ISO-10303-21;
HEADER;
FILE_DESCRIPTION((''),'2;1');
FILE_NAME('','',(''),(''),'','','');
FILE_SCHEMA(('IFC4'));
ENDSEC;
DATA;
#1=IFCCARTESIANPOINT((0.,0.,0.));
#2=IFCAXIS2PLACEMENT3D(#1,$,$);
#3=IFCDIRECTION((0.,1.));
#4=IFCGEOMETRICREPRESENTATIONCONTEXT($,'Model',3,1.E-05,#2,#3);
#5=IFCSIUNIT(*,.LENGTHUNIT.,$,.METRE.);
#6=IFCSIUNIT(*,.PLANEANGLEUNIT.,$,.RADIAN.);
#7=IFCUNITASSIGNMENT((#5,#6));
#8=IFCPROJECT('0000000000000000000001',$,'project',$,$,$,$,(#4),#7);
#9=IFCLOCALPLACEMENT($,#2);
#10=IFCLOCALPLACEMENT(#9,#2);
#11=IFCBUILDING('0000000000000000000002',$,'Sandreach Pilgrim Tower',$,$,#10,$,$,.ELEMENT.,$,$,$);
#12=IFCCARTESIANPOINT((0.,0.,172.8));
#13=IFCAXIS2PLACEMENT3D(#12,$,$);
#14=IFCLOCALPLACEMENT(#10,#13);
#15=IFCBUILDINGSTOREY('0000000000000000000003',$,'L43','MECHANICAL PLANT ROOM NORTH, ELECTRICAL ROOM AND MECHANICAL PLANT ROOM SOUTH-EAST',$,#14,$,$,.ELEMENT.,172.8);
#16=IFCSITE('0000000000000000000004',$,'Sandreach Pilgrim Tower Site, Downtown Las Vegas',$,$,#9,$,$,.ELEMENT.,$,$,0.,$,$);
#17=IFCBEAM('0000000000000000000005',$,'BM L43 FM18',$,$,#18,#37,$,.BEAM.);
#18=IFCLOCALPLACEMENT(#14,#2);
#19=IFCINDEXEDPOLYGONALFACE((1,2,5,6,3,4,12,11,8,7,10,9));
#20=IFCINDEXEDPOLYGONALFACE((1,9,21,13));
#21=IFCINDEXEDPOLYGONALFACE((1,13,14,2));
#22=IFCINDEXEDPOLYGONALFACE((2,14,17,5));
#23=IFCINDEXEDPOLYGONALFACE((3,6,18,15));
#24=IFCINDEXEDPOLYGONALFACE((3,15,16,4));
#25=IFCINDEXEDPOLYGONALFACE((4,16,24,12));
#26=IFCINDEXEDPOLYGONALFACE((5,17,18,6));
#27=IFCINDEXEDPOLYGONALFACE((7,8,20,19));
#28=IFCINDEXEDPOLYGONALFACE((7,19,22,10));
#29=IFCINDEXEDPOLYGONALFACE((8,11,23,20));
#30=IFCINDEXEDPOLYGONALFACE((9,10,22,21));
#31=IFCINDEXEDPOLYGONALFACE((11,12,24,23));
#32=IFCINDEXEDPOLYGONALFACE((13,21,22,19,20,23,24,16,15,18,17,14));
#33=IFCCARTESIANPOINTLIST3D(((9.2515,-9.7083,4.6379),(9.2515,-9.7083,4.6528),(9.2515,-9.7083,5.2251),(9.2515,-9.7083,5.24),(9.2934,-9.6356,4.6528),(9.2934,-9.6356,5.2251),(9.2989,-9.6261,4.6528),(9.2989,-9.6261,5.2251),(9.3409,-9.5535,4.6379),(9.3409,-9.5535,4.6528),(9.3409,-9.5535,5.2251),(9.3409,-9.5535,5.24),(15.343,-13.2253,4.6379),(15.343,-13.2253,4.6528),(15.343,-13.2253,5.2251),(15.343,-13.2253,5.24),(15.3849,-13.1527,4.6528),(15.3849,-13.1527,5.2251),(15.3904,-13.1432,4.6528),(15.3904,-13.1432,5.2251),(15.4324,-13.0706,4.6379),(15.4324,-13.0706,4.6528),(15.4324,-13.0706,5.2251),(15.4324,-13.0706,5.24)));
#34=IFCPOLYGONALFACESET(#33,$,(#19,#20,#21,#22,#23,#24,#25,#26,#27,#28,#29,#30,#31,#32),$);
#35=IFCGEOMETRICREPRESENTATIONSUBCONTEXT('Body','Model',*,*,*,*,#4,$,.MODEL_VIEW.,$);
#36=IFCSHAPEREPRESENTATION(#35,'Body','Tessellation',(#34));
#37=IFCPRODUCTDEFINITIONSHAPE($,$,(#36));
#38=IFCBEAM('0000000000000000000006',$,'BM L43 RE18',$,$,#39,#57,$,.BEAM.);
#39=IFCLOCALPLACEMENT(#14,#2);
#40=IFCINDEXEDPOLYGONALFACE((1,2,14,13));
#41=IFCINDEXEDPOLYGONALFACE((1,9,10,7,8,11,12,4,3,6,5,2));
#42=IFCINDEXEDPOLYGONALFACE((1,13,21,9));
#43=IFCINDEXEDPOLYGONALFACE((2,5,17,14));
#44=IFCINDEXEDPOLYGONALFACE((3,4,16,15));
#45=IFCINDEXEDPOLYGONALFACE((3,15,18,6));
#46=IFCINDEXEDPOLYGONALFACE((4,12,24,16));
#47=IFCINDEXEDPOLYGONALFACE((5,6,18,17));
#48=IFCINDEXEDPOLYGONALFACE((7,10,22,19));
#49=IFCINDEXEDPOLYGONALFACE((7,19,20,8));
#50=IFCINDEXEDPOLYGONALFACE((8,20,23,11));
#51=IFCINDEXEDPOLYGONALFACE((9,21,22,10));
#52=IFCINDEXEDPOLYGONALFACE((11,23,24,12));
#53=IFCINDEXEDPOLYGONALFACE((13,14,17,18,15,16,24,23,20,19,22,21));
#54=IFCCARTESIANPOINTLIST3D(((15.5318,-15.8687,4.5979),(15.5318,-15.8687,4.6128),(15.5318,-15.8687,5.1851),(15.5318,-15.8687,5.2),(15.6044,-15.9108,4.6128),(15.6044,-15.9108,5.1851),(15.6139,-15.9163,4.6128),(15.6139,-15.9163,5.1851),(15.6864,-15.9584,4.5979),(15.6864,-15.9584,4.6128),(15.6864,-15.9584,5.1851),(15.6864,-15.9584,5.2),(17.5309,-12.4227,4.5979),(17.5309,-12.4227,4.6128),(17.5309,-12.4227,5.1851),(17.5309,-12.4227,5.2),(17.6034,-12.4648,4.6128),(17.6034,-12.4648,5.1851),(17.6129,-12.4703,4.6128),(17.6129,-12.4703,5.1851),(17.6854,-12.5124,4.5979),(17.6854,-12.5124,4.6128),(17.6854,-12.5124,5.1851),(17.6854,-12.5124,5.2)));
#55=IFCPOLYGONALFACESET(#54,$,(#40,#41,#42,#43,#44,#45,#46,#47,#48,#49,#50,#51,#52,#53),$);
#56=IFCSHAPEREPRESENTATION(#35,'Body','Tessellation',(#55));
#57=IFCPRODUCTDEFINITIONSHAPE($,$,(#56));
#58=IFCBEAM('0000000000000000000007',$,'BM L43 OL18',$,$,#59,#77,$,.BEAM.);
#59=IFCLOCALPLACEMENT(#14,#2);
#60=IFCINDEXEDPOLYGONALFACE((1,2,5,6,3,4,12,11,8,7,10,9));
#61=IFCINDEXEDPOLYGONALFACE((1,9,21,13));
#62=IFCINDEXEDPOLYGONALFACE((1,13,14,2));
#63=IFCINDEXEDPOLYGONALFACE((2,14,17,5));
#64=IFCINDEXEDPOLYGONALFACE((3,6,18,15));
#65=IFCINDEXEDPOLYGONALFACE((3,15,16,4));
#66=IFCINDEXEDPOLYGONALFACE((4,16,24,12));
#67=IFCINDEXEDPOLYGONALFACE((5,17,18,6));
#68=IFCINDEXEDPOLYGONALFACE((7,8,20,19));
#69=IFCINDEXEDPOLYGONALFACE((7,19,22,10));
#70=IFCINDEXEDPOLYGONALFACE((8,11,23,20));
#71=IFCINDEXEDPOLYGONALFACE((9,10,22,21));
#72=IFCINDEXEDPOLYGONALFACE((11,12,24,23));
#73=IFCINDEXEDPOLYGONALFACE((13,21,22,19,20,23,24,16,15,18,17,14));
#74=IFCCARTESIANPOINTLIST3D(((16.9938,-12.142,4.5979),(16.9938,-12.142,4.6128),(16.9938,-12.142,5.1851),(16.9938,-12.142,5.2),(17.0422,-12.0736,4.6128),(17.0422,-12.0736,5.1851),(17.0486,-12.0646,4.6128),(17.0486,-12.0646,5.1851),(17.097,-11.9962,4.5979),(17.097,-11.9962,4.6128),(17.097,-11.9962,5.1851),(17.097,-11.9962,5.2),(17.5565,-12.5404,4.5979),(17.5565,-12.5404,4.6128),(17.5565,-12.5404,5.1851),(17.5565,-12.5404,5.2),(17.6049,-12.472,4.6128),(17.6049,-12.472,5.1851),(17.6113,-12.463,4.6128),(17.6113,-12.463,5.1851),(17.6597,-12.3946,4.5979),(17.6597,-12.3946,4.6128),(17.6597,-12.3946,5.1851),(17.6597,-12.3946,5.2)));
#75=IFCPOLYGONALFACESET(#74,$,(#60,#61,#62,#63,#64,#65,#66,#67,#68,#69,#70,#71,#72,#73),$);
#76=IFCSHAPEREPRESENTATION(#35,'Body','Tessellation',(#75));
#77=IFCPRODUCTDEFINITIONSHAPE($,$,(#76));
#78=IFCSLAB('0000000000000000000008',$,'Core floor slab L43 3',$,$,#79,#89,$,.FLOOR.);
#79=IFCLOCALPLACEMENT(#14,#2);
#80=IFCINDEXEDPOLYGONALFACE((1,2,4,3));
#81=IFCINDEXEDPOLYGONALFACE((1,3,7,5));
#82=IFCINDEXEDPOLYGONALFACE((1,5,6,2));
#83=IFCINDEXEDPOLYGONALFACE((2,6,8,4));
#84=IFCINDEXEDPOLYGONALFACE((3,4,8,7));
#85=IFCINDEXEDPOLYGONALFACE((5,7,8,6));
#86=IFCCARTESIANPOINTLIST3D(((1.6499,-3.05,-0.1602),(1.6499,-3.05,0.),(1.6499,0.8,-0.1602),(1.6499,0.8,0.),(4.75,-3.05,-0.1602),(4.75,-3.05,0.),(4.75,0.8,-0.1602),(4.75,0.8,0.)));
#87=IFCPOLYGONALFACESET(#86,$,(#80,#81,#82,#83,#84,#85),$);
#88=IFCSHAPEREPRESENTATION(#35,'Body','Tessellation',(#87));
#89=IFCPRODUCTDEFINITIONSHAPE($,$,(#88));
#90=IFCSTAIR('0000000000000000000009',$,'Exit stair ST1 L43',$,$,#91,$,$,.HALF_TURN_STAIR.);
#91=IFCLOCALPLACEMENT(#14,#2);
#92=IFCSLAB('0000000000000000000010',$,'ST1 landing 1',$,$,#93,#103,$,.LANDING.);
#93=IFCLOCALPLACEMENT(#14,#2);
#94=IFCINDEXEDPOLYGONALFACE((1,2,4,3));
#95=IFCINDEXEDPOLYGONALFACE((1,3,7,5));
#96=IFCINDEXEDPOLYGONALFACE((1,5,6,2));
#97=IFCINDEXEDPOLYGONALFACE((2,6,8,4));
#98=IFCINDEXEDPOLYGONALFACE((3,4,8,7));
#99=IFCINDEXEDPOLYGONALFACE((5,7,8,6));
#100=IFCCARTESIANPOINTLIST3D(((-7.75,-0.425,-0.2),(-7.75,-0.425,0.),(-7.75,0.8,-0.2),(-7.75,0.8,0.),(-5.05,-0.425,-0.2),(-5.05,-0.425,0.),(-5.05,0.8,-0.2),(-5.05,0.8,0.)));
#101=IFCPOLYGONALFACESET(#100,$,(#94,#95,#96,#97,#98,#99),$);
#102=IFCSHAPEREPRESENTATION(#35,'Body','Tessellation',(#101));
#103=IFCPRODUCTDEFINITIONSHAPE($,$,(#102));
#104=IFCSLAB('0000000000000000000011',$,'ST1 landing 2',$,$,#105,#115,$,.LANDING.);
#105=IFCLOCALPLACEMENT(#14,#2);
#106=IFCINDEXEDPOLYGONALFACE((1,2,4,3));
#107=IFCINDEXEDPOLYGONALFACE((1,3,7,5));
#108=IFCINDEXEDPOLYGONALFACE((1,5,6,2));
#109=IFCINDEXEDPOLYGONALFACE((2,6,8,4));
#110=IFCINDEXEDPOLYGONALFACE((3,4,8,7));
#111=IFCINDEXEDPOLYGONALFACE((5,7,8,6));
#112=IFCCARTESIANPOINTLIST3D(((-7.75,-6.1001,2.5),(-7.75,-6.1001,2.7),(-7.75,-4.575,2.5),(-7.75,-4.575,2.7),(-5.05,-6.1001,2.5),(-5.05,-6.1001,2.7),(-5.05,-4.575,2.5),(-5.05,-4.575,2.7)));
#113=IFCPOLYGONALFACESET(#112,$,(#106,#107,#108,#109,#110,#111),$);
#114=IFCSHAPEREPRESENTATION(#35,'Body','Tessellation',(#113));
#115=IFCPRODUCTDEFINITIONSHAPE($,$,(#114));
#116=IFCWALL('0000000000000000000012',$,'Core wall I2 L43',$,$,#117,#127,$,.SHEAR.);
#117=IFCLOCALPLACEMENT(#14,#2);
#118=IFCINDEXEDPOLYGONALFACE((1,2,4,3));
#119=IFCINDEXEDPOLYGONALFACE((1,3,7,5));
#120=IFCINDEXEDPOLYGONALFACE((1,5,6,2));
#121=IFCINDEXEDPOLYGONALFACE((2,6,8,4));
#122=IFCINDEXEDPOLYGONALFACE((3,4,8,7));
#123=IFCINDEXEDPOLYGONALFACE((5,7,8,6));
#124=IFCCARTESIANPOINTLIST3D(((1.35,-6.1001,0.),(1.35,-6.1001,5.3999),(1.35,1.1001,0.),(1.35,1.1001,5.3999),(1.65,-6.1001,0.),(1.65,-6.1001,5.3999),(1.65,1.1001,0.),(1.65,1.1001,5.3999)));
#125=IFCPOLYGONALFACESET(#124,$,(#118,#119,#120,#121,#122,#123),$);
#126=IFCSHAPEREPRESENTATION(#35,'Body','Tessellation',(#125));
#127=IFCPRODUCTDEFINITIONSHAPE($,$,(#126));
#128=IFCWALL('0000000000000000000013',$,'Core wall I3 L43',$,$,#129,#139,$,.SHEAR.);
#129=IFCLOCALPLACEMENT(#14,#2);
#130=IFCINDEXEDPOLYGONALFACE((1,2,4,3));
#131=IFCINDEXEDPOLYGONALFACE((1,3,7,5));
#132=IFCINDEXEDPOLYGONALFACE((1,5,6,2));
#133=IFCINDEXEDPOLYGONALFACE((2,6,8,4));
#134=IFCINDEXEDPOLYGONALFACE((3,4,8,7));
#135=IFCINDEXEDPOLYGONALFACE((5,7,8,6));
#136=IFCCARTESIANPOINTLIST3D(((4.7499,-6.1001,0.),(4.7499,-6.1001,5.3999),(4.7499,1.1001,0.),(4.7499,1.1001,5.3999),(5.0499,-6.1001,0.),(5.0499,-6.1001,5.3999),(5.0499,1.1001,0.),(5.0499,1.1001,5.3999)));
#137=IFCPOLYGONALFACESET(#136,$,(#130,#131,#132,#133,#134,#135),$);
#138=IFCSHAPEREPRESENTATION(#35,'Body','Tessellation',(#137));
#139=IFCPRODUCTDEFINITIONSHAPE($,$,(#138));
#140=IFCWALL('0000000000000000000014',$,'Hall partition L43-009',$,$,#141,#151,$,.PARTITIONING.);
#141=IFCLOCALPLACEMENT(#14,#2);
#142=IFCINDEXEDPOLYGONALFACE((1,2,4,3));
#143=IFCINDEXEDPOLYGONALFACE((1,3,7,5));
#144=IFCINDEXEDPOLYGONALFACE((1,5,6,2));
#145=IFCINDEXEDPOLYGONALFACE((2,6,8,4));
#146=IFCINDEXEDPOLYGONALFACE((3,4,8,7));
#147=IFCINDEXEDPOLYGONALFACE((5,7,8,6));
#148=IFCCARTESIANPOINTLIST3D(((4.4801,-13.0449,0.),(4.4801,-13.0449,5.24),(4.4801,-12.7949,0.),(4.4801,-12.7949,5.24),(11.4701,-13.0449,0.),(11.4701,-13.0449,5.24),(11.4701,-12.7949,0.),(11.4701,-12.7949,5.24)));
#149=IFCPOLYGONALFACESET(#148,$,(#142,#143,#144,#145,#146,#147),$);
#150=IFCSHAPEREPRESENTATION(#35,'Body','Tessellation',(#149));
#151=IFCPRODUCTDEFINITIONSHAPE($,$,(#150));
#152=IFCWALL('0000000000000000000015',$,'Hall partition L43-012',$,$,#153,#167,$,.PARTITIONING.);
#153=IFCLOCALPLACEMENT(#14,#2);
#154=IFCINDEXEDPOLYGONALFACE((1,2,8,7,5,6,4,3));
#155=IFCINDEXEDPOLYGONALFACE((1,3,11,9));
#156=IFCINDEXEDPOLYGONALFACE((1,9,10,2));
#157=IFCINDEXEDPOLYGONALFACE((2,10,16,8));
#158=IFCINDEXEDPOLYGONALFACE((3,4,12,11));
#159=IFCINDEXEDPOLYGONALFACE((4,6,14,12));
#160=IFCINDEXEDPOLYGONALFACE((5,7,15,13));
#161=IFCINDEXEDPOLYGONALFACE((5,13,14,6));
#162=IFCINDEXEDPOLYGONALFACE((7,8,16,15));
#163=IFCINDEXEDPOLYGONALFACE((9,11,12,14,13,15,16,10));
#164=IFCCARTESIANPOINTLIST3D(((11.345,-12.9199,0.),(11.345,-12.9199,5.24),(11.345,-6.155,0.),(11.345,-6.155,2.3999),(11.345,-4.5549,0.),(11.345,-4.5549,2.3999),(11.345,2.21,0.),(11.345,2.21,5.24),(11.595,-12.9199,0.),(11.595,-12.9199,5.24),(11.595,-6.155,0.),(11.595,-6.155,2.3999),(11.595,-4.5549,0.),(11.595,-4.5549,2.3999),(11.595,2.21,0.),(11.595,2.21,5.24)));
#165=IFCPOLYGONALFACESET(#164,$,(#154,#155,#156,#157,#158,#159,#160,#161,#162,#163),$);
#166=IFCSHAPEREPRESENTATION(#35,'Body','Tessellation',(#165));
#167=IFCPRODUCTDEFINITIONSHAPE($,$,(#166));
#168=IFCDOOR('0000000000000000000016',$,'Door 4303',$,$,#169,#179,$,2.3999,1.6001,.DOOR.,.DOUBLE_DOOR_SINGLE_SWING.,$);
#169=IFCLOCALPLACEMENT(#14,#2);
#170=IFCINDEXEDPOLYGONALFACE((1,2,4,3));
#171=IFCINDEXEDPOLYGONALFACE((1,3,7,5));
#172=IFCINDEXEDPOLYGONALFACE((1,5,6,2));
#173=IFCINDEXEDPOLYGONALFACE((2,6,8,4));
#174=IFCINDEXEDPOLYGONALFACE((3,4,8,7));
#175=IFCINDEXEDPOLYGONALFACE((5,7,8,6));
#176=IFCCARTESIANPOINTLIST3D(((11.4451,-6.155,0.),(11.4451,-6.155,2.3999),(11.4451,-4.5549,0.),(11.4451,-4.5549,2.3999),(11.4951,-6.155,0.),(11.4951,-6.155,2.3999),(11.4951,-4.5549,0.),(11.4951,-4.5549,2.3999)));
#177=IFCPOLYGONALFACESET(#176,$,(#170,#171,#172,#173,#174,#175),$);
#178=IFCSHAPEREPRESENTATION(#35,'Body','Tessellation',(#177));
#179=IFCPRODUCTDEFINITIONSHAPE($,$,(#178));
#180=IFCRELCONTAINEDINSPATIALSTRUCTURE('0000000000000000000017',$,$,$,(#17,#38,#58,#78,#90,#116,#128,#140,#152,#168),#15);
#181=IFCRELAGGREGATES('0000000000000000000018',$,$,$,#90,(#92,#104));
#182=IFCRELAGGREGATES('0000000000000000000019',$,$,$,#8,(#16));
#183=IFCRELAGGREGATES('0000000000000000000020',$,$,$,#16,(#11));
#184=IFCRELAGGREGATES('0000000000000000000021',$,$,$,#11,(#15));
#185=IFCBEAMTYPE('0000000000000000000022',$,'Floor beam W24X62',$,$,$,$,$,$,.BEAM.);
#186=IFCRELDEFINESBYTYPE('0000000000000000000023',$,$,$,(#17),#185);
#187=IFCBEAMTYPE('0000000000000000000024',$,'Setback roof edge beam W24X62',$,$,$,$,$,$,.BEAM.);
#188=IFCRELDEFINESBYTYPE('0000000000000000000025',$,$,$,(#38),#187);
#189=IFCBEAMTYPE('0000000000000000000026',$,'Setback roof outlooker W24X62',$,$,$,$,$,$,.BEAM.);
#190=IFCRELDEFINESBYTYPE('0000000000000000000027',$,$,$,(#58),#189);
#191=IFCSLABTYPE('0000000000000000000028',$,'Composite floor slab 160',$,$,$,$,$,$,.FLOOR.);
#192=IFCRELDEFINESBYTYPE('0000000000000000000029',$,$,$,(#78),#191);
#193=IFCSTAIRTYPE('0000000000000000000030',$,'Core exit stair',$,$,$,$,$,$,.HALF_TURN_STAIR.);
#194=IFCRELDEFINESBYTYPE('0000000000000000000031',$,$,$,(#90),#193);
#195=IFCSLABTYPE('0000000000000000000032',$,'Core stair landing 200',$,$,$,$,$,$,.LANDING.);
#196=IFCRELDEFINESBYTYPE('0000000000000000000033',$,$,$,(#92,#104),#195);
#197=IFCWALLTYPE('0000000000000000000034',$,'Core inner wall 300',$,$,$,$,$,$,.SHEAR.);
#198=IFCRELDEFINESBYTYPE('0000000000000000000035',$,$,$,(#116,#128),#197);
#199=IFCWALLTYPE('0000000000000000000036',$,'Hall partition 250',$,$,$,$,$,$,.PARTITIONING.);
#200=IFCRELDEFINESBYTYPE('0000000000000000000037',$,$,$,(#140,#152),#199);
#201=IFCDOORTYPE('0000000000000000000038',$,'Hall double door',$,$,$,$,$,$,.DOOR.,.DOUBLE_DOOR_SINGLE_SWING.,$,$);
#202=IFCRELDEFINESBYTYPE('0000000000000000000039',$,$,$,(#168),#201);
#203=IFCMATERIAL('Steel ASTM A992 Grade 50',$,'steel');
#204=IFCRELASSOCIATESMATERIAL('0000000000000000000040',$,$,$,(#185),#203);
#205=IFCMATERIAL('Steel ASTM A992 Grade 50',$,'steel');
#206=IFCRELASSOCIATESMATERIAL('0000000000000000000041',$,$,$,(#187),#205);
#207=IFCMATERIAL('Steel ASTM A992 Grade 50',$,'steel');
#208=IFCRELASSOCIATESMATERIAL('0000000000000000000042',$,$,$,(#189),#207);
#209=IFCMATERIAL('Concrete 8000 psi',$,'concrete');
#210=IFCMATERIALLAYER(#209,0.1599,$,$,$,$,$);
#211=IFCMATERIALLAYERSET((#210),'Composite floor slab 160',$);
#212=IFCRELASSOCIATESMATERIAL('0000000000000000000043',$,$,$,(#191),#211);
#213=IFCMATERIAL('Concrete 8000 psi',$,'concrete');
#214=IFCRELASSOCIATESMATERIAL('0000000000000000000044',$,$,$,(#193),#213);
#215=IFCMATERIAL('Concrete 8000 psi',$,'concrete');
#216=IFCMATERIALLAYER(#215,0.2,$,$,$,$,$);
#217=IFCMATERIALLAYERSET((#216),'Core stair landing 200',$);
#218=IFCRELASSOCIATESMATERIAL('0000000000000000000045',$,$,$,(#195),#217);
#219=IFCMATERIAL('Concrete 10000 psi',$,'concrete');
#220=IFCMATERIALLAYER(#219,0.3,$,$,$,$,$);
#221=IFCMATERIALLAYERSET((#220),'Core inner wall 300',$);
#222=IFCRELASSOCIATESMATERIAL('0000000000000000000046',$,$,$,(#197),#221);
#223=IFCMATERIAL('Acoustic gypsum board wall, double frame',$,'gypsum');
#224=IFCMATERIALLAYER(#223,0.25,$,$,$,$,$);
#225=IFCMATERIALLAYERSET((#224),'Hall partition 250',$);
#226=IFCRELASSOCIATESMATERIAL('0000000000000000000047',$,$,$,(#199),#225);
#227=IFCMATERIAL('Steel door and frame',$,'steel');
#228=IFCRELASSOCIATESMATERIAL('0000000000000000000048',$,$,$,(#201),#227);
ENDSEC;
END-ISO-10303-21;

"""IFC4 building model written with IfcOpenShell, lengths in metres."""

from ifc_helpers import new_model, si_unit, direction, frame, frame_2d, origin, origin_2d, place, context, subcontext, project, spatial, polyline, rectangle, i_section, outline, extrude, material, layer, layer_set, material_profile, profile_set, type_object, element, fill, aggregate, save


model = new_model("IFC4")

# Units and contexts
model_context = context("Model", 3, precision=1e-05, world=origin(), true_north=direction((0.0, 1.0)))
body_context = subcontext(model_context, "Body", "Model", "MODEL_VIEW")
ifc_project = project(units=[si_unit("LENGTHUNIT", "METRE"), si_unit("PLANEANGLEUNIT", "RADIAN")], contexts=[model_context])

# Site, building, storey
site_placement = place(None, origin())
site = spatial("IfcSite", under=ifc_project, at=site_placement, Name="Sandreach Pilgrim Tower Site, Downtown Las Vegas", CompositionType="ELEMENT", RefElevation=0.0)
building_placement = place(site_placement, origin())
building = spatial("IfcBuilding", under=site, at=building_placement, Name="Sandreach Pilgrim Tower", CompositionType="ELEMENT")
storey_placement = place(building_placement, frame((0.0, 0.0, 172.8)))
storey = spatial("IfcBuildingStorey", under=building, at=storey_placement, Name="L43", Description="MECHANICAL PLANT ROOM NORTH, ELECTRICAL ROOM AND MECHANICAL PLANT ROOM SOUTH-EAST", CompositionType="ELEMENT", Elevation=172.8)

# Beams
ifc_material_1 = material(Name="Steel ASTM A992 Grade 50", Category="steel")
ifc_material_profile_1 = material_profile(ifc_material_1, i_section(OverallWidth=0.1787, OverallDepth=0.6021, WebThickness=0.011, FlangeThickness=0.0149, at=origin_2d()), Name="W24X62")
ifc_profile_set_1 = profile_set([ifc_material_profile_1], Name="Steel ASTM A992 Grade 50")
beam_type_1 = type_object("IfcBeamType", Name="Floor beam W24X62", PredefinedType="BEAM", material=ifc_profile_set_1)
beam_1_placement = place(storey_placement, frame((15.3877, -13.1479, 4.939), z_axis=(-0.866017, 0.500014, 0.0), x_axis=(-0.500014, -0.866017, 0.0)))
element("IfcBeam", 1, at=beam_1_placement, inside=storey, type_object=beam_type_1, Name="BM L43 FM18", PredefinedType="BEAM", context=body_context, shape_type="SweptSolid", body=[
    extrude(i_section(OverallWidth=0.1787, OverallDepth=0.6021, WebThickness=0.011, FlangeThickness=0.0149, at=origin_2d()), origin(), (0.0, 0.0, 1.0), 7.0339),
])
ifc_material_2 = material(Name="Steel ASTM A992 Grade 50", Category="steel")
ifc_material_profile_2 = material_profile(ifc_material_2, i_section(OverallWidth=0.1787, OverallDepth=0.6021, WebThickness=0.011, FlangeThickness=0.0149, at=origin_2d()), Name="W24X62")
ifc_profile_set_2 = profile_set([ifc_material_profile_2], Name="Steel ASTM A992 Grade 50")
beam_type_2 = type_object("IfcBeamType", Name="Setback roof edge beam W24X62", PredefinedType="BEAM", material=ifc_profile_set_2)
beam_2_placement = place(storey_placement, frame((17.6082, -12.4675, 4.8989), z_axis=(-0.501778, -0.864997, 0.0), x_axis=(0.864997, -0.501778, 0.0)))
element("IfcBeam", 2, at=beam_2_placement, inside=storey, type_object=beam_type_2, Name="BM L43 RE18", PredefinedType="BEAM", context=body_context, shape_type="SweptSolid", body=[
    extrude(i_section(OverallWidth=0.1787, OverallDepth=0.6021, WebThickness=0.011, FlangeThickness=0.0149, at=origin_2d()), origin(), (0.0, 0.0, 1.0), 3.9839),
])
ifc_material_3 = material(Name="Steel ASTM A992 Grade 50", Category="steel")
ifc_material_profile_3 = material_profile(ifc_material_3, i_section(OverallWidth=0.1787, OverallDepth=0.6021, WebThickness=0.011, FlangeThickness=0.0149, at=origin_2d()), Name="W24X62")
ifc_profile_set_3 = profile_set([ifc_material_profile_3], Name="Steel ASTM A992 Grade 50")
beam_type_3 = type_object("IfcBeamType", Name="Setback roof outlooker W24X62", PredefinedType="BEAM", material=ifc_profile_set_3)
beam_3_placement = place(storey_placement, frame((17.0454, -12.0691, 4.8989), z_axis=(0.816143, -0.57785, 0.0), x_axis=(0.57785, 0.816143, 0.0)))
element("IfcBeam", 3, at=beam_3_placement, inside=storey, type_object=beam_type_3, Name="BM L43 OL18", PredefinedType="BEAM", context=body_context, shape_type="SweptSolid", body=[
    extrude(i_section(OverallWidth=0.1787, OverallDepth=0.6021, WebThickness=0.011, FlangeThickness=0.0149, at=origin_2d()), origin(), (0.0, 0.0, 1.0), 0.6895),
])

# Slab
ifc_material_4 = material(Name="Concrete 8000 psi", Category="concrete")
ifc_layer_1 = layer(ifc_material_4, 0.1599)
ifc_layer_set_1 = layer_set([ifc_layer_1], Name="Composite floor slab 160")
slab_type_1 = type_object("IfcSlabType", Name="Composite floor slab 160", PredefinedType="FLOOR", material=ifc_layer_set_1)
slab_1_placement = place(storey_placement, frame((0.0, 0.0, -0.1602)))
element("IfcSlab", 4, at=slab_1_placement, inside=storey, type_object=slab_type_1, Name="Core floor slab L43 3", PredefinedType="FLOOR", context=body_context, shape_type="SweptSolid", body=[
    extrude(outline(polyline([(4.75, -3.05), (1.6499, -3.05), (1.6499, 0.8), (4.75, 0.8), (4.75, -3.05)])), origin(), (0.0, 0.0, 1.0), 0.1602),
])

# Stair, slabs
ifc_material_5 = material(Name="Concrete 8000 psi", Category="concrete")
stair_type = type_object("IfcStairType", Name="Core exit stair", PredefinedType="HALF_TURN_STAIR", material=ifc_material_5)
stair_1_placement = place(storey_placement, origin())
stair_1 = element("IfcStair", 5, at=stair_1_placement, inside=storey, type_object=stair_type, Name="Exit stair ST1 L43", PredefinedType="HALF_TURN_STAIR")
ifc_material_6 = material(Name="Concrete 8000 psi", Category="concrete")
ifc_layer_2 = layer(ifc_material_6, 0.2)
ifc_layer_set_2 = layer_set([ifc_layer_2], Name="Core stair landing 200")
slab_type_2 = type_object("IfcSlabType", Name="Core stair landing 200", PredefinedType="LANDING", material=ifc_layer_set_2)
slab_2_placement = place(storey_placement, frame((0.0, 0.0, -0.2)))
slab_2 = element("IfcSlab", 6, at=slab_2_placement, type_object=slab_type_2, Name="ST1 landing 1", PredefinedType="LANDING", context=body_context, shape_type="SweptSolid", body=[
    extrude(outline(polyline([(-7.75, -0.425), (-5.05, -0.425), (-5.05, 0.8), (-7.75, 0.8), (-7.75, -0.425)])), origin(), (0.0, 0.0, 1.0), 0.2),
])
slab_3_placement = place(storey_placement, frame((0.0, 0.0, 2.5)))
slab_3 = element("IfcSlab", 7, at=slab_3_placement, type_object=slab_type_2, Name="ST1 landing 2", PredefinedType="LANDING", context=body_context, shape_type="SweptSolid", body=[
    extrude(outline(polyline([(-7.75, -6.1001), (-5.05, -6.1001), (-5.05, -4.575), (-7.75, -4.575), (-7.75, -6.1001)])), origin(), (0.0, 0.0, 1.0), 0.2),
])
aggregate(stair_1, [slab_2, slab_3])

# Walls
ifc_material_7 = material(Name="Concrete 10000 psi", Category="concrete")
ifc_layer_3 = layer(ifc_material_7, 0.3)
ifc_layer_set_3 = layer_set([ifc_layer_3], Name="Core inner wall 300")
wall_type_1 = type_object("IfcWallType", Name="Core inner wall 300", PredefinedType="SHEAR", material=ifc_layer_set_3)
for number, where, z_axis, x_axis, name in (
    (8, (1.5, -6.1001, 0.0), (0.0, 0.0, 1.0), (0.0, 1.0, 0.0), "Core wall I2 L43"),
    (9, (4.8999, -6.1001, 0.0), (0.0, 0.0, 1.0), (0.0, 1.0, 0.0), "Core wall I3 L43"),
):
    element("IfcWall", number, at=place(storey_placement, frame(where, z_axis=z_axis, x_axis=x_axis)), inside=storey, type_object=wall_type_1, Name=name, PredefinedType="SHEAR", context=body_context, shape_type="SweptSolid", body=[
        extrude(rectangle(XDim=7.2002, YDim=0.3, at=frame_2d((3.6001, 0.0))), origin(), (0.0, 0.0, 1.0), 5.3999),
    ])

# Wall
ifc_material_8 = material(Name="Acoustic gypsum board wall, double frame", Category="gypsum")
ifc_layer_4 = layer(ifc_material_8, 0.25)
ifc_layer_set_4 = layer_set([ifc_layer_4], Name="Hall partition 250")
wall_type_2 = type_object("IfcWallType", Name="Hall partition 250", PredefinedType="PARTITIONING", material=ifc_layer_set_4)
wall_1_placement = place(storey_placement, frame((4.48, -12.9199, 0.0), z_axis=(0.0, 0.0, 1.0), x_axis=(1.0, 0.0, 0.0)))
element("IfcWall", 10, at=wall_1_placement, inside=storey, type_object=wall_type_2, Name="Hall partition L43-009", PredefinedType="PARTITIONING", context=body_context, shape_type="SweptSolid", body=[
    extrude(rectangle(XDim=6.99, YDim=0.25, at=frame_2d((3.4951, 0.0))), origin(), (0.0, 0.0, 1.0), 5.24),
])

# Wall, opening, door
wall_2_placement = place(storey_placement, frame((11.47, -12.9199, 0.0), z_axis=(0.0, 0.0, 1.0), x_axis=(0.0, 1.0, 0.0)))
wall_2 = element("IfcWall", 11, at=wall_2_placement, inside=storey, type_object=wall_type_2, Name="Hall partition L43-012", PredefinedType="PARTITIONING", context=body_context, shape_type="SweptSolid", body=[
    extrude(rectangle(XDim=15.1299, YDim=0.25, at=frame_2d((7.5649, 0.0))), origin(), (0.0, 0.0, 1.0), 5.24),
])
opening_1_placement = place(wall_2_placement, frame((6.7649, 0.0, 0.0)))
opening_1 = element("IfcOpeningElement", 12, at=opening_1_placement, cuts=wall_2, PredefinedType="OPENING", context=body_context, shape_type="SweptSolid", body=[
    extrude(rectangle(XDim=1.6001, YDim=2.3999, at=frame_2d((0.8, 1.2))), frame((0.0, 0.125, 0.0), z_axis=(0.0, -1.0, 0.0), x_axis=(1.0, 0.0, 0.0)), (0.0, 0.0, 1.0), 0.25),
])
ifc_material_9 = material(Name="Steel door and frame", Category="steel")
door_type_1 = type_object("IfcDoorType", Name="Hall double door", OperationType="DOUBLE_DOOR_SINGLE_SWING", PredefinedType="DOOR", material=ifc_material_9)
door_1_placement = place(opening_1_placement, origin())
door_1 = element("IfcDoor", 13, at=door_1_placement, inside=storey, type_object=door_type_1, Name="Door 4303", OperationType="DOUBLE_DOOR_SINGLE_SWING", OverallHeight=2.3999, OverallWidth=1.6001, PredefinedType="DOOR", context=body_context, shape_type="SweptSolid", body=[
    extrude(rectangle(XDim=1.6001, YDim=2.3999, at=frame_2d((0.8, 1.2))), frame((0.0, 0.0249, 0.0), z_axis=(0.0, -1.0, 0.0), x_axis=(1.0, 0.0, 0.0)), (0.0, 0.0, 1.0), 0.05),
])
fill(opening_1, door_1)

save(model, "model.ifc")
